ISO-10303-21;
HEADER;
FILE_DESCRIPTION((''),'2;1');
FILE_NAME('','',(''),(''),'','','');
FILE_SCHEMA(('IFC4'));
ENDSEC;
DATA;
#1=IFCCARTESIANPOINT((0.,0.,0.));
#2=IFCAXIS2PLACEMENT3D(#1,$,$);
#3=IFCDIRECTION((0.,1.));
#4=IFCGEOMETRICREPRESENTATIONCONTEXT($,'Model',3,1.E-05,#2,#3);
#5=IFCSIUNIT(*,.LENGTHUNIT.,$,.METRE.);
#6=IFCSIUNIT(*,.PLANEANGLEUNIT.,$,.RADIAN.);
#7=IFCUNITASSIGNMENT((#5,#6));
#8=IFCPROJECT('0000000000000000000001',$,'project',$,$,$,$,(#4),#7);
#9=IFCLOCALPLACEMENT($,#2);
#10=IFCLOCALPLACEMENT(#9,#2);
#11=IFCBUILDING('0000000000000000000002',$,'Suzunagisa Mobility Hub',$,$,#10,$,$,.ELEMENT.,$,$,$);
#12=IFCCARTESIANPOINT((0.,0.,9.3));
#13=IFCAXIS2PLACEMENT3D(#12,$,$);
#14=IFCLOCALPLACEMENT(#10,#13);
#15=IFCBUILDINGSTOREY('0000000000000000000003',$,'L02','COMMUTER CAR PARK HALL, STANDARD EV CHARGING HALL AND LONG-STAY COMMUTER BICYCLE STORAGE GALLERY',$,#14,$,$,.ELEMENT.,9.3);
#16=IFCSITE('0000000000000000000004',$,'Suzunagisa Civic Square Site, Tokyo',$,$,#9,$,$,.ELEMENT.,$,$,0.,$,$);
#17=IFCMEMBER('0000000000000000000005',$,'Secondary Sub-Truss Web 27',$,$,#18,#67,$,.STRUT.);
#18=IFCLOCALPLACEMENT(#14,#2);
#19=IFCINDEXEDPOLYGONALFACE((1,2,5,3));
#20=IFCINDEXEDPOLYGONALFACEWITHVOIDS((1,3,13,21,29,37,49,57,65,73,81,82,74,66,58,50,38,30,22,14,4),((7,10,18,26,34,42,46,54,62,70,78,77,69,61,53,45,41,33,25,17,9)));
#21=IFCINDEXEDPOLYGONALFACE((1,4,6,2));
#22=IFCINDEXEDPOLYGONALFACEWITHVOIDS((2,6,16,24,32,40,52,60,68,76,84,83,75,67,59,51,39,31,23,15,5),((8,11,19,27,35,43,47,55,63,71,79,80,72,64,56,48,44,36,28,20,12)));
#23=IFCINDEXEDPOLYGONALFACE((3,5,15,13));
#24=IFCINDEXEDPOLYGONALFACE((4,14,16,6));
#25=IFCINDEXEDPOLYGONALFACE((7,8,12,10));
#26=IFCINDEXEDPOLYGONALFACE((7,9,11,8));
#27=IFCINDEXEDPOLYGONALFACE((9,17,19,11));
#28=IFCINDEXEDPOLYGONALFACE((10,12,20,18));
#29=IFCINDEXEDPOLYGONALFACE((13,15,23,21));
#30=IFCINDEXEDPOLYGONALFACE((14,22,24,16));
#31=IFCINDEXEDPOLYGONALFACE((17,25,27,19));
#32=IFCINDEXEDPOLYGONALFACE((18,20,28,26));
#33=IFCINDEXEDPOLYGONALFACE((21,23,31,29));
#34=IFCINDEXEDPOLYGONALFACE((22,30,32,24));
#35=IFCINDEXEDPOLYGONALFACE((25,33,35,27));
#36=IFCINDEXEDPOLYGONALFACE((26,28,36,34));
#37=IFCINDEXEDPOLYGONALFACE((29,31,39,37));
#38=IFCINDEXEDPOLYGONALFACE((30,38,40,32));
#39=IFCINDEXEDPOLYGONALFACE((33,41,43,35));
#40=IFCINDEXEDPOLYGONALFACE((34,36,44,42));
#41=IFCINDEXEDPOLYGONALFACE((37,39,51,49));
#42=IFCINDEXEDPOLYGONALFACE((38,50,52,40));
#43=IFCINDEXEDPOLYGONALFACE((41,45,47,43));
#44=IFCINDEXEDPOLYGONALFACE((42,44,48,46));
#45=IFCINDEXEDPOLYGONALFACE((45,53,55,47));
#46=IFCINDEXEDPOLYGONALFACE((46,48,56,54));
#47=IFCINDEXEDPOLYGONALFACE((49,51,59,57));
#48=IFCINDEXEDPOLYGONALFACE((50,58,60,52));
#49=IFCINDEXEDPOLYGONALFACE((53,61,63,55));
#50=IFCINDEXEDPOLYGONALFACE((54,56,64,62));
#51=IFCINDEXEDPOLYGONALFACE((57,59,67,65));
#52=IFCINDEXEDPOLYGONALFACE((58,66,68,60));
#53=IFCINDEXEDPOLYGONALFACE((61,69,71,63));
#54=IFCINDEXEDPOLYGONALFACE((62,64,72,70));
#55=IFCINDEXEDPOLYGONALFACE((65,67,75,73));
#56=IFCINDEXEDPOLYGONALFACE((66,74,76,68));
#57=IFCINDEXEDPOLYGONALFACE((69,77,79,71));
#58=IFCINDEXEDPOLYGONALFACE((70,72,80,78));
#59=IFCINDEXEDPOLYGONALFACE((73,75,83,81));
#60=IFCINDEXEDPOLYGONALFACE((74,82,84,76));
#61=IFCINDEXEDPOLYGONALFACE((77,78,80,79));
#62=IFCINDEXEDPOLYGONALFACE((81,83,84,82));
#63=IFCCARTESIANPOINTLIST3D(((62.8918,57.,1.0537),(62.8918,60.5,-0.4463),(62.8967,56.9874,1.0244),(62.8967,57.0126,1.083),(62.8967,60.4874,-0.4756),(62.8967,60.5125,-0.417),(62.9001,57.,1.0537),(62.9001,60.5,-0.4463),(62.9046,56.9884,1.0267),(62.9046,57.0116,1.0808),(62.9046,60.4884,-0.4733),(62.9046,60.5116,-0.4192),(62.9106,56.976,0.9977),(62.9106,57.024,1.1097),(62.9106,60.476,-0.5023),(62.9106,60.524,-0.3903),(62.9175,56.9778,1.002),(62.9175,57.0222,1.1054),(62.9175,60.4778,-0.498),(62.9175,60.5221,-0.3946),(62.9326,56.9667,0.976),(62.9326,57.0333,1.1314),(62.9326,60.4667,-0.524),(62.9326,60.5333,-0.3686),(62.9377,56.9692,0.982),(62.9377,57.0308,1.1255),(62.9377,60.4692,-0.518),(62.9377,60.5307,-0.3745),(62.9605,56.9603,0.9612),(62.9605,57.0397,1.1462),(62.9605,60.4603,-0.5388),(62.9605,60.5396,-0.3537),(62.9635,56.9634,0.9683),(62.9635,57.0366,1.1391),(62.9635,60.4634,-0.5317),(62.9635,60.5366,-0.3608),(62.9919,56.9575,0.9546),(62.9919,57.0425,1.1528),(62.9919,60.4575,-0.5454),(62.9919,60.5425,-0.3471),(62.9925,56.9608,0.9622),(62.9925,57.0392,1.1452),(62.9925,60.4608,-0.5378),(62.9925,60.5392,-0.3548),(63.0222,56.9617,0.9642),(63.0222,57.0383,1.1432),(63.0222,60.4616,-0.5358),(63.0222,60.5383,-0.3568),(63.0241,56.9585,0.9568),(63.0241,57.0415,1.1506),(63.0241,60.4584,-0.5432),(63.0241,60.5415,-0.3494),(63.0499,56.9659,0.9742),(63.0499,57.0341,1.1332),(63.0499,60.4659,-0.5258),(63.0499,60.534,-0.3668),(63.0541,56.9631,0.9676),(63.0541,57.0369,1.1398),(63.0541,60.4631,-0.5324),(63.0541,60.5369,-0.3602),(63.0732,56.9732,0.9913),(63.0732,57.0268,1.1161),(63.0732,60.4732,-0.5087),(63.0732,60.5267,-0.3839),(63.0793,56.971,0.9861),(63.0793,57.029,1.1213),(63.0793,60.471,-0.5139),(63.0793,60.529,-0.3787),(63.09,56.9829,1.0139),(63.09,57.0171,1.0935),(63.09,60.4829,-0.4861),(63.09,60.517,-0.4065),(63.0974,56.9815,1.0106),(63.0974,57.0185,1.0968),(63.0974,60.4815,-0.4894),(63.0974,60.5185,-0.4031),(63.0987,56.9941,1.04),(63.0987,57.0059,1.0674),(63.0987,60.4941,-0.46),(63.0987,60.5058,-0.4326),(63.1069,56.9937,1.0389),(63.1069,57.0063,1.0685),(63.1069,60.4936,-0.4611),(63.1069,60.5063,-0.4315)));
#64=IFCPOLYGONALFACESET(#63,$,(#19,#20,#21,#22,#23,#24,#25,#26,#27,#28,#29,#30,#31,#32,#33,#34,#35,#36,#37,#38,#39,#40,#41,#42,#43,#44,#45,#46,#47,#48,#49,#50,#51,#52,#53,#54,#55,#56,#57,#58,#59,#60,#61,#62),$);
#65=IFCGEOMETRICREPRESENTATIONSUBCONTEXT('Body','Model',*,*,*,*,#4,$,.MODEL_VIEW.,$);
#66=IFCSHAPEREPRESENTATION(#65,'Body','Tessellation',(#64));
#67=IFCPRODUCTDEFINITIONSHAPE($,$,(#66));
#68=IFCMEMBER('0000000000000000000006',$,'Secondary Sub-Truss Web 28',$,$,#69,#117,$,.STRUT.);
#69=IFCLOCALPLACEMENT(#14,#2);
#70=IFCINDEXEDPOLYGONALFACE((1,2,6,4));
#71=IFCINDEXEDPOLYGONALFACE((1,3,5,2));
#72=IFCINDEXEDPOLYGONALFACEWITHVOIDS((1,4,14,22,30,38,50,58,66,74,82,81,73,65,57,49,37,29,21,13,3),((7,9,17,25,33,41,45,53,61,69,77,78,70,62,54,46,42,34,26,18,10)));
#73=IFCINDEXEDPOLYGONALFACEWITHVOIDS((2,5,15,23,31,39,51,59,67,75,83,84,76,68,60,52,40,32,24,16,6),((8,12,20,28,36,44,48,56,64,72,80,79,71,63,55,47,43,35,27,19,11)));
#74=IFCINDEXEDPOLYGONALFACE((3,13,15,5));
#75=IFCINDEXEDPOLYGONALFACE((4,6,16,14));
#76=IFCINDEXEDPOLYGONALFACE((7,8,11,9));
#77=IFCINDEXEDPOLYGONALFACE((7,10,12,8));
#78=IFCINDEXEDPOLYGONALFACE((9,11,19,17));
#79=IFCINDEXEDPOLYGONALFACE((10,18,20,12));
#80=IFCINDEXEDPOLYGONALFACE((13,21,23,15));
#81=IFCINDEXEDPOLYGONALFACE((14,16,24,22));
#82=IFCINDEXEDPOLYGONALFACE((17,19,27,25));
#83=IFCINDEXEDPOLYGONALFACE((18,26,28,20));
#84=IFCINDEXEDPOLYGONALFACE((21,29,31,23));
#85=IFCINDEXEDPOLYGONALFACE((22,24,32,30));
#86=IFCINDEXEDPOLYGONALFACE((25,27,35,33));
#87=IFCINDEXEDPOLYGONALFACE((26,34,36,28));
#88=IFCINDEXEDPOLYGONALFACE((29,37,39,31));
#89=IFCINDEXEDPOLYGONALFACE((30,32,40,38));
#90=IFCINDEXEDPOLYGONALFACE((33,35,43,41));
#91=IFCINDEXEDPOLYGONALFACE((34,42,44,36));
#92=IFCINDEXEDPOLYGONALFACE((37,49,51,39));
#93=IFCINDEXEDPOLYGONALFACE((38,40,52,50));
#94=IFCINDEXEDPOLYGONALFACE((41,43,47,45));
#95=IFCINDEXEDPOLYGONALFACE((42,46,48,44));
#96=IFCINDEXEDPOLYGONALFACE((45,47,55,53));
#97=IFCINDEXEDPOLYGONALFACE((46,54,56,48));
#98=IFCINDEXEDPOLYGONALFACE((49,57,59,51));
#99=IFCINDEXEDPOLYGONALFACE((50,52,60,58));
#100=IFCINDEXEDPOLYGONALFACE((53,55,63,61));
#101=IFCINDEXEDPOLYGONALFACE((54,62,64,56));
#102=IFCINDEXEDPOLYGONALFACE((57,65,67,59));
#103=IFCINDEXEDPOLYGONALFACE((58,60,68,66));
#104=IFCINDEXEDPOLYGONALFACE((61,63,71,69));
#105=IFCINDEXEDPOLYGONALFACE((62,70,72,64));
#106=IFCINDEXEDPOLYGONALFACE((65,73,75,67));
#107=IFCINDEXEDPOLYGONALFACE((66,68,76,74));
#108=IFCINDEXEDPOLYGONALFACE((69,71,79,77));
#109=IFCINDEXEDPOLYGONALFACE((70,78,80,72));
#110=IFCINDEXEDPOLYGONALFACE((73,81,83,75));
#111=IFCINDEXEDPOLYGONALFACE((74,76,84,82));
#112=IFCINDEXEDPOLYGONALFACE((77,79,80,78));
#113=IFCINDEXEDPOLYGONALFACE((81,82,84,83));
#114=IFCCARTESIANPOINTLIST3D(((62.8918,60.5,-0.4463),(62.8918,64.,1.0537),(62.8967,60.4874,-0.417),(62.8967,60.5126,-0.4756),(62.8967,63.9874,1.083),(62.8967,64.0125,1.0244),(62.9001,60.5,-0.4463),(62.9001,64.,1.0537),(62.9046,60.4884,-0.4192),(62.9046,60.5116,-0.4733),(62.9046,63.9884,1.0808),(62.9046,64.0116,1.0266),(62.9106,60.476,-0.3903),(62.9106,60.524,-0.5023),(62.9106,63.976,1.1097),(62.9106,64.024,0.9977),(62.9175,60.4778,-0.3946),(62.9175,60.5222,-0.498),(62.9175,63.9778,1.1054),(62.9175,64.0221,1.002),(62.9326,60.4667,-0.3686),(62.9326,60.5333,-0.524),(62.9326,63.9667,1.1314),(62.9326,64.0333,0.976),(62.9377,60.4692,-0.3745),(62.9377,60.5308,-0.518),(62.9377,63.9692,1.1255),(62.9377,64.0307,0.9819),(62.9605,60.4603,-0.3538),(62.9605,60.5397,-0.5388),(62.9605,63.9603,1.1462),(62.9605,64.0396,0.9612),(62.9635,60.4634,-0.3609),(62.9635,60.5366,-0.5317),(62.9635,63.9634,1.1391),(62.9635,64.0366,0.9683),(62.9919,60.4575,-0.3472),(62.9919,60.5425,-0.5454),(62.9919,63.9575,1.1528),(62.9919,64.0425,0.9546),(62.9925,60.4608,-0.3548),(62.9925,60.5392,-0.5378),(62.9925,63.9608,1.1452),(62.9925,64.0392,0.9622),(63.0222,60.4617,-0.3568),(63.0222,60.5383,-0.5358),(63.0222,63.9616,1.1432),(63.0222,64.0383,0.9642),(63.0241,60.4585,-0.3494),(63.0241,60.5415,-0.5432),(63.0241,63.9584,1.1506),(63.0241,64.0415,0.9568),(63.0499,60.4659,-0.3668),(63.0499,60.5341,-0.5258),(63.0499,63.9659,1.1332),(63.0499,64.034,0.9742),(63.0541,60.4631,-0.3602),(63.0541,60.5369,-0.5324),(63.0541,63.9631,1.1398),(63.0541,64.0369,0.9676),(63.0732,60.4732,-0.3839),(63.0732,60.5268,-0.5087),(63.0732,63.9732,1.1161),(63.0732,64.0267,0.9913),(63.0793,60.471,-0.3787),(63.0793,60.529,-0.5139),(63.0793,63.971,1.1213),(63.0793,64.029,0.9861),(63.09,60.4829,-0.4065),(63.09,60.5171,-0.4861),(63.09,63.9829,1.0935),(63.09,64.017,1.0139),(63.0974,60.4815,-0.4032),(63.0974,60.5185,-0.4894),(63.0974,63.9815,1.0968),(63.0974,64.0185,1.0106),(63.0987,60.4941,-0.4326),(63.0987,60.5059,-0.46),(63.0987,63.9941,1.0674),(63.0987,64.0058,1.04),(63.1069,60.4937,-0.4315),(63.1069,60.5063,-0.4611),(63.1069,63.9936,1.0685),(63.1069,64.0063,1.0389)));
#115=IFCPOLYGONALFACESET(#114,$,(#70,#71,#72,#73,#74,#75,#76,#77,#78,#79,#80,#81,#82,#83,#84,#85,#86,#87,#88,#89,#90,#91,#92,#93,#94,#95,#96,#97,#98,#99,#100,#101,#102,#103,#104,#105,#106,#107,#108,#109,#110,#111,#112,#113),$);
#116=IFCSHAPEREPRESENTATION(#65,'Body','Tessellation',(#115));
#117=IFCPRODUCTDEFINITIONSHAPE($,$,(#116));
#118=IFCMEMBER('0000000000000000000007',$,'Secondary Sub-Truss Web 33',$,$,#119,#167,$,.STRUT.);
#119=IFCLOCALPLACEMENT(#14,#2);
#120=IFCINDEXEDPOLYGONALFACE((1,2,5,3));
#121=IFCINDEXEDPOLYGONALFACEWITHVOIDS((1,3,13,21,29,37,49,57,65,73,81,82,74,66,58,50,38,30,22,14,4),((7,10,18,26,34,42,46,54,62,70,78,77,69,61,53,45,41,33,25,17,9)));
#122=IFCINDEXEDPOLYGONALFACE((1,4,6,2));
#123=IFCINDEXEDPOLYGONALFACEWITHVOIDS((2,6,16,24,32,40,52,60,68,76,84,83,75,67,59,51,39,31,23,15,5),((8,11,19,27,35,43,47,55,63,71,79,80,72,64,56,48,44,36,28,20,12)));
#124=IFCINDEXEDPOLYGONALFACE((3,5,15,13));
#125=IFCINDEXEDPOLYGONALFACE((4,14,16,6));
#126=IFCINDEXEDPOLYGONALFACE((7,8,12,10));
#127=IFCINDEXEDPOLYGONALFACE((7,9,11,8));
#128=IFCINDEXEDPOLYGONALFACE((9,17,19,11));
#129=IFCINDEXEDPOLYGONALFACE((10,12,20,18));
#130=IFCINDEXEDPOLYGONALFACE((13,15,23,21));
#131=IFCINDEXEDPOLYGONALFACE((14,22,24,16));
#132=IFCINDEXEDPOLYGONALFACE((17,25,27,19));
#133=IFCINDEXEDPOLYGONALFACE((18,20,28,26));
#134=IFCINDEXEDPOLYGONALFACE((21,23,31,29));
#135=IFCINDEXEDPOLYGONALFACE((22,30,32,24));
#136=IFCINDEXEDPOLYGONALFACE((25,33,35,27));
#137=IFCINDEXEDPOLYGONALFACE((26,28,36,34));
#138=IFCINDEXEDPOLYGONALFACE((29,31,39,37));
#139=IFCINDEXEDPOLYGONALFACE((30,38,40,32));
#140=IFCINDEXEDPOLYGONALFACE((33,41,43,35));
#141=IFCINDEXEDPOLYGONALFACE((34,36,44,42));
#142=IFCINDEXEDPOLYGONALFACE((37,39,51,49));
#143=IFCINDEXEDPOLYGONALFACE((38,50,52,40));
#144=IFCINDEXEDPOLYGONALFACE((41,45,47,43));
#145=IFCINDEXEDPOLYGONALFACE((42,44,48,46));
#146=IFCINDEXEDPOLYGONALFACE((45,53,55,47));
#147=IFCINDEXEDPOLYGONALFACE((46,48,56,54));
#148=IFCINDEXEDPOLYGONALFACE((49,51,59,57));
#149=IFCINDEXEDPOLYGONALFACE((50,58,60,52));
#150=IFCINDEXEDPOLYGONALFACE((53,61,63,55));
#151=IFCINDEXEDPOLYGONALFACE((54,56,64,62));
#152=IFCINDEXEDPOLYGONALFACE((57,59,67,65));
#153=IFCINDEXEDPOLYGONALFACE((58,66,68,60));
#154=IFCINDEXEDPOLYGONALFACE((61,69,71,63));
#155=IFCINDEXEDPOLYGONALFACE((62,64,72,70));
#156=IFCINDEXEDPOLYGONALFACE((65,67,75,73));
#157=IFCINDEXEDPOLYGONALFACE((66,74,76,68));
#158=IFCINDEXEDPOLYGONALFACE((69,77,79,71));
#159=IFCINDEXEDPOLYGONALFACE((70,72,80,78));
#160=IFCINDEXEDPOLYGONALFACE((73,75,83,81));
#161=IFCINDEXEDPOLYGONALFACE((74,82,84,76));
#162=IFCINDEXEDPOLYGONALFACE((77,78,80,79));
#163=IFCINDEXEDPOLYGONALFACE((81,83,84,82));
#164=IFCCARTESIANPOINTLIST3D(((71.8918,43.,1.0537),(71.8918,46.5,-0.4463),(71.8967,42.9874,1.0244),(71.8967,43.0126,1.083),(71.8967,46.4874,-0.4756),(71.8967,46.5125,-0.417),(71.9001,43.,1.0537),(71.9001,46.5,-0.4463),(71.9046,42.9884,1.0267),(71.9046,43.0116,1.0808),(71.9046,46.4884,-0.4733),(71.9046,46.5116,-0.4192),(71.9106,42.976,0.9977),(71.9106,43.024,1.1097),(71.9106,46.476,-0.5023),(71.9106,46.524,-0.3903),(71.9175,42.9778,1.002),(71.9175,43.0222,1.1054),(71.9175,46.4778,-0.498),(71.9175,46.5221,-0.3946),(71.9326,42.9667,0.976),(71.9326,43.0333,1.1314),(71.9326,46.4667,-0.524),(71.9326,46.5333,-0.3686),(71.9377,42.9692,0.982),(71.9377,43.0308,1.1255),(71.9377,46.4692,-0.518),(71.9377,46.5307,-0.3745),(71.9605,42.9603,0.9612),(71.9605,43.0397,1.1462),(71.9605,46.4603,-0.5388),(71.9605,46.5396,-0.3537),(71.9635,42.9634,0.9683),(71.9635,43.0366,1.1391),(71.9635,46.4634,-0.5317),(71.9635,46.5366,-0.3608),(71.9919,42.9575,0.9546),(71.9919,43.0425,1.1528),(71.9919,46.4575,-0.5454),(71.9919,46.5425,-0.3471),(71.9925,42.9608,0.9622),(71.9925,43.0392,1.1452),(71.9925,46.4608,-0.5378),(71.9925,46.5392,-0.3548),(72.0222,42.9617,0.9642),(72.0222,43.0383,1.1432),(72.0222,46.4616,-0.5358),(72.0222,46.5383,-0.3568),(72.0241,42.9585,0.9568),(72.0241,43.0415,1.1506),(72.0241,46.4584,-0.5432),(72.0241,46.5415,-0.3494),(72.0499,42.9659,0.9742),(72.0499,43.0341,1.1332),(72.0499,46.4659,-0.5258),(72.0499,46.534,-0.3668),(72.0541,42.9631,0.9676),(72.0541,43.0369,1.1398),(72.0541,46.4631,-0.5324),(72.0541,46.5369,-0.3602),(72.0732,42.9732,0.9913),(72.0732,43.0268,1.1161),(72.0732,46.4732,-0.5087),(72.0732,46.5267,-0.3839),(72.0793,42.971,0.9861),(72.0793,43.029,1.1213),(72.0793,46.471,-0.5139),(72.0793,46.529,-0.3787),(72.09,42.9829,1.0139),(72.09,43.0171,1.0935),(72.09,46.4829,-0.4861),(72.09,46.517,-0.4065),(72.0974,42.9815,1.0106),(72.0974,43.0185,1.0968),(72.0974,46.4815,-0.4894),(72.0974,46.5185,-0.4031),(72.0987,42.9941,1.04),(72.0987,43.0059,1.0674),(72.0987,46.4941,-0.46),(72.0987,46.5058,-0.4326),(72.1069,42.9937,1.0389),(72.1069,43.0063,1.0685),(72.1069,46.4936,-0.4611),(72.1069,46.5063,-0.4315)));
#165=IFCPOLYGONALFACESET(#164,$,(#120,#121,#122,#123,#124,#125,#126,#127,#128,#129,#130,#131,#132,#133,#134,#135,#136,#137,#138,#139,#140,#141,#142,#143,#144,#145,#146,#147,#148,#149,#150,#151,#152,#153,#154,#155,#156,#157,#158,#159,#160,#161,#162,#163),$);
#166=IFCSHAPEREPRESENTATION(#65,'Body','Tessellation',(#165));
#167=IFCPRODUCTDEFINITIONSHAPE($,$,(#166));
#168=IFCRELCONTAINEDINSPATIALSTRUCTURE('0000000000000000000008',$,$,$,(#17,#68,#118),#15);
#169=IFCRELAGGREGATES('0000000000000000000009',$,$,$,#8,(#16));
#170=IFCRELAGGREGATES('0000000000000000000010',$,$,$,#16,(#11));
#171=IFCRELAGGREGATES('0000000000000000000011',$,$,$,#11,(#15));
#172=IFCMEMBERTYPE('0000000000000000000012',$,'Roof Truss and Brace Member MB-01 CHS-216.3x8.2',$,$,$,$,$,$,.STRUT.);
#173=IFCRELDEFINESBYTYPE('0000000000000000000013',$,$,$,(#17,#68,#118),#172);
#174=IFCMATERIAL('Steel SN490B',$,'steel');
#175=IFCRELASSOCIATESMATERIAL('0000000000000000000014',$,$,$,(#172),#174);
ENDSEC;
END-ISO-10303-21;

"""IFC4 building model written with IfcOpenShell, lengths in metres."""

from ifc_helpers import new_model, si_unit, direction, frame, origin, origin_2d, place, context, subcontext, project, spatial, hollow_circle, extrude, material, material_profile, profile_set, type_object, element, save


model = new_model("IFC4")

# Units and contexts
model_context = context("Model", 3, precision=1e-05, world=origin(), true_north=direction((0.0, 1.0)))
body_context = subcontext(model_context, "Body", "Model", "MODEL_VIEW")
ifc_project = project(units=[si_unit("LENGTHUNIT", "METRE"), si_unit("PLANEANGLEUNIT", "RADIAN")], contexts=[model_context])

# Site, building, storey
site_placement = place(None, origin())
site = spatial("IfcSite", under=ifc_project, at=site_placement, Name="Suzunagisa Civic Square Site, Tokyo", CompositionType="ELEMENT", RefElevation=0.0)
building_placement = place(site_placement, origin())
building = spatial("IfcBuilding", under=site, at=building_placement, Name="Suzunagisa Mobility Hub", CompositionType="ELEMENT")
storey_placement = place(building_placement, frame((0.0, 0.0, 9.3)))
storey = spatial("IfcBuildingStorey", under=building, at=storey_placement, Name="L02", Description="COMMUTER CAR PARK HALL, STANDARD EV CHARGING HALL AND LONG-STAY COMMUTER BICYCLE STORAGE GALLERY", CompositionType="ELEMENT", Elevation=9.3)

# Members
ifc_material_1 = material(Name="Steel SN490B", Category="steel")
ifc_material_profile_1 = material_profile(ifc_material_1, hollow_circle(Radius=0.1082, WallThickness=0.0083, at=origin_2d()), Name="CHS-216.3x8.2")
ifc_profile_set_1 = profile_set([ifc_material_profile_1], Name="Steel SN490B")
member_type_1 = type_object("IfcMemberType", Name="Roof Truss and Brace Member MB-01 CHS-216.3x8.2", PredefinedType="STRUT", material=ifc_profile_set_1)
for number, where, z_axis, x_axis, name in (
    (1, (63.0, 57.0, 1.0537), (0.0, 0.919145, -0.393919), (-1.0, 0.0, 0.0), "Secondary Sub-Truss Web 27"),
    (2, (63.0, 60.5, -0.4463), (0.0, 0.919145, 0.393919), (-1.0, 0.0, 0.0), "Secondary Sub-Truss Web 28"),
    (3, (72.0, 43.0, 1.0537), (0.0, 0.919145, -0.393919), (-1.0, 0.0, 0.0), "Secondary Sub-Truss Web 33"),
):
    element("IfcMember", number, at=place(storey_placement, frame(where, z_axis=z_axis, x_axis=x_axis)), inside=storey, type_object=member_type_1, Name=name, PredefinedType="STRUT", context=body_context, shape_type="SweptSolid", body=[
        extrude(hollow_circle(Radius=0.1082, WallThickness=0.0083, at=origin_2d()), origin(), (0.0, 0.0, 1.0), 3.8079),
    ])

save(model, "model.ifc")
